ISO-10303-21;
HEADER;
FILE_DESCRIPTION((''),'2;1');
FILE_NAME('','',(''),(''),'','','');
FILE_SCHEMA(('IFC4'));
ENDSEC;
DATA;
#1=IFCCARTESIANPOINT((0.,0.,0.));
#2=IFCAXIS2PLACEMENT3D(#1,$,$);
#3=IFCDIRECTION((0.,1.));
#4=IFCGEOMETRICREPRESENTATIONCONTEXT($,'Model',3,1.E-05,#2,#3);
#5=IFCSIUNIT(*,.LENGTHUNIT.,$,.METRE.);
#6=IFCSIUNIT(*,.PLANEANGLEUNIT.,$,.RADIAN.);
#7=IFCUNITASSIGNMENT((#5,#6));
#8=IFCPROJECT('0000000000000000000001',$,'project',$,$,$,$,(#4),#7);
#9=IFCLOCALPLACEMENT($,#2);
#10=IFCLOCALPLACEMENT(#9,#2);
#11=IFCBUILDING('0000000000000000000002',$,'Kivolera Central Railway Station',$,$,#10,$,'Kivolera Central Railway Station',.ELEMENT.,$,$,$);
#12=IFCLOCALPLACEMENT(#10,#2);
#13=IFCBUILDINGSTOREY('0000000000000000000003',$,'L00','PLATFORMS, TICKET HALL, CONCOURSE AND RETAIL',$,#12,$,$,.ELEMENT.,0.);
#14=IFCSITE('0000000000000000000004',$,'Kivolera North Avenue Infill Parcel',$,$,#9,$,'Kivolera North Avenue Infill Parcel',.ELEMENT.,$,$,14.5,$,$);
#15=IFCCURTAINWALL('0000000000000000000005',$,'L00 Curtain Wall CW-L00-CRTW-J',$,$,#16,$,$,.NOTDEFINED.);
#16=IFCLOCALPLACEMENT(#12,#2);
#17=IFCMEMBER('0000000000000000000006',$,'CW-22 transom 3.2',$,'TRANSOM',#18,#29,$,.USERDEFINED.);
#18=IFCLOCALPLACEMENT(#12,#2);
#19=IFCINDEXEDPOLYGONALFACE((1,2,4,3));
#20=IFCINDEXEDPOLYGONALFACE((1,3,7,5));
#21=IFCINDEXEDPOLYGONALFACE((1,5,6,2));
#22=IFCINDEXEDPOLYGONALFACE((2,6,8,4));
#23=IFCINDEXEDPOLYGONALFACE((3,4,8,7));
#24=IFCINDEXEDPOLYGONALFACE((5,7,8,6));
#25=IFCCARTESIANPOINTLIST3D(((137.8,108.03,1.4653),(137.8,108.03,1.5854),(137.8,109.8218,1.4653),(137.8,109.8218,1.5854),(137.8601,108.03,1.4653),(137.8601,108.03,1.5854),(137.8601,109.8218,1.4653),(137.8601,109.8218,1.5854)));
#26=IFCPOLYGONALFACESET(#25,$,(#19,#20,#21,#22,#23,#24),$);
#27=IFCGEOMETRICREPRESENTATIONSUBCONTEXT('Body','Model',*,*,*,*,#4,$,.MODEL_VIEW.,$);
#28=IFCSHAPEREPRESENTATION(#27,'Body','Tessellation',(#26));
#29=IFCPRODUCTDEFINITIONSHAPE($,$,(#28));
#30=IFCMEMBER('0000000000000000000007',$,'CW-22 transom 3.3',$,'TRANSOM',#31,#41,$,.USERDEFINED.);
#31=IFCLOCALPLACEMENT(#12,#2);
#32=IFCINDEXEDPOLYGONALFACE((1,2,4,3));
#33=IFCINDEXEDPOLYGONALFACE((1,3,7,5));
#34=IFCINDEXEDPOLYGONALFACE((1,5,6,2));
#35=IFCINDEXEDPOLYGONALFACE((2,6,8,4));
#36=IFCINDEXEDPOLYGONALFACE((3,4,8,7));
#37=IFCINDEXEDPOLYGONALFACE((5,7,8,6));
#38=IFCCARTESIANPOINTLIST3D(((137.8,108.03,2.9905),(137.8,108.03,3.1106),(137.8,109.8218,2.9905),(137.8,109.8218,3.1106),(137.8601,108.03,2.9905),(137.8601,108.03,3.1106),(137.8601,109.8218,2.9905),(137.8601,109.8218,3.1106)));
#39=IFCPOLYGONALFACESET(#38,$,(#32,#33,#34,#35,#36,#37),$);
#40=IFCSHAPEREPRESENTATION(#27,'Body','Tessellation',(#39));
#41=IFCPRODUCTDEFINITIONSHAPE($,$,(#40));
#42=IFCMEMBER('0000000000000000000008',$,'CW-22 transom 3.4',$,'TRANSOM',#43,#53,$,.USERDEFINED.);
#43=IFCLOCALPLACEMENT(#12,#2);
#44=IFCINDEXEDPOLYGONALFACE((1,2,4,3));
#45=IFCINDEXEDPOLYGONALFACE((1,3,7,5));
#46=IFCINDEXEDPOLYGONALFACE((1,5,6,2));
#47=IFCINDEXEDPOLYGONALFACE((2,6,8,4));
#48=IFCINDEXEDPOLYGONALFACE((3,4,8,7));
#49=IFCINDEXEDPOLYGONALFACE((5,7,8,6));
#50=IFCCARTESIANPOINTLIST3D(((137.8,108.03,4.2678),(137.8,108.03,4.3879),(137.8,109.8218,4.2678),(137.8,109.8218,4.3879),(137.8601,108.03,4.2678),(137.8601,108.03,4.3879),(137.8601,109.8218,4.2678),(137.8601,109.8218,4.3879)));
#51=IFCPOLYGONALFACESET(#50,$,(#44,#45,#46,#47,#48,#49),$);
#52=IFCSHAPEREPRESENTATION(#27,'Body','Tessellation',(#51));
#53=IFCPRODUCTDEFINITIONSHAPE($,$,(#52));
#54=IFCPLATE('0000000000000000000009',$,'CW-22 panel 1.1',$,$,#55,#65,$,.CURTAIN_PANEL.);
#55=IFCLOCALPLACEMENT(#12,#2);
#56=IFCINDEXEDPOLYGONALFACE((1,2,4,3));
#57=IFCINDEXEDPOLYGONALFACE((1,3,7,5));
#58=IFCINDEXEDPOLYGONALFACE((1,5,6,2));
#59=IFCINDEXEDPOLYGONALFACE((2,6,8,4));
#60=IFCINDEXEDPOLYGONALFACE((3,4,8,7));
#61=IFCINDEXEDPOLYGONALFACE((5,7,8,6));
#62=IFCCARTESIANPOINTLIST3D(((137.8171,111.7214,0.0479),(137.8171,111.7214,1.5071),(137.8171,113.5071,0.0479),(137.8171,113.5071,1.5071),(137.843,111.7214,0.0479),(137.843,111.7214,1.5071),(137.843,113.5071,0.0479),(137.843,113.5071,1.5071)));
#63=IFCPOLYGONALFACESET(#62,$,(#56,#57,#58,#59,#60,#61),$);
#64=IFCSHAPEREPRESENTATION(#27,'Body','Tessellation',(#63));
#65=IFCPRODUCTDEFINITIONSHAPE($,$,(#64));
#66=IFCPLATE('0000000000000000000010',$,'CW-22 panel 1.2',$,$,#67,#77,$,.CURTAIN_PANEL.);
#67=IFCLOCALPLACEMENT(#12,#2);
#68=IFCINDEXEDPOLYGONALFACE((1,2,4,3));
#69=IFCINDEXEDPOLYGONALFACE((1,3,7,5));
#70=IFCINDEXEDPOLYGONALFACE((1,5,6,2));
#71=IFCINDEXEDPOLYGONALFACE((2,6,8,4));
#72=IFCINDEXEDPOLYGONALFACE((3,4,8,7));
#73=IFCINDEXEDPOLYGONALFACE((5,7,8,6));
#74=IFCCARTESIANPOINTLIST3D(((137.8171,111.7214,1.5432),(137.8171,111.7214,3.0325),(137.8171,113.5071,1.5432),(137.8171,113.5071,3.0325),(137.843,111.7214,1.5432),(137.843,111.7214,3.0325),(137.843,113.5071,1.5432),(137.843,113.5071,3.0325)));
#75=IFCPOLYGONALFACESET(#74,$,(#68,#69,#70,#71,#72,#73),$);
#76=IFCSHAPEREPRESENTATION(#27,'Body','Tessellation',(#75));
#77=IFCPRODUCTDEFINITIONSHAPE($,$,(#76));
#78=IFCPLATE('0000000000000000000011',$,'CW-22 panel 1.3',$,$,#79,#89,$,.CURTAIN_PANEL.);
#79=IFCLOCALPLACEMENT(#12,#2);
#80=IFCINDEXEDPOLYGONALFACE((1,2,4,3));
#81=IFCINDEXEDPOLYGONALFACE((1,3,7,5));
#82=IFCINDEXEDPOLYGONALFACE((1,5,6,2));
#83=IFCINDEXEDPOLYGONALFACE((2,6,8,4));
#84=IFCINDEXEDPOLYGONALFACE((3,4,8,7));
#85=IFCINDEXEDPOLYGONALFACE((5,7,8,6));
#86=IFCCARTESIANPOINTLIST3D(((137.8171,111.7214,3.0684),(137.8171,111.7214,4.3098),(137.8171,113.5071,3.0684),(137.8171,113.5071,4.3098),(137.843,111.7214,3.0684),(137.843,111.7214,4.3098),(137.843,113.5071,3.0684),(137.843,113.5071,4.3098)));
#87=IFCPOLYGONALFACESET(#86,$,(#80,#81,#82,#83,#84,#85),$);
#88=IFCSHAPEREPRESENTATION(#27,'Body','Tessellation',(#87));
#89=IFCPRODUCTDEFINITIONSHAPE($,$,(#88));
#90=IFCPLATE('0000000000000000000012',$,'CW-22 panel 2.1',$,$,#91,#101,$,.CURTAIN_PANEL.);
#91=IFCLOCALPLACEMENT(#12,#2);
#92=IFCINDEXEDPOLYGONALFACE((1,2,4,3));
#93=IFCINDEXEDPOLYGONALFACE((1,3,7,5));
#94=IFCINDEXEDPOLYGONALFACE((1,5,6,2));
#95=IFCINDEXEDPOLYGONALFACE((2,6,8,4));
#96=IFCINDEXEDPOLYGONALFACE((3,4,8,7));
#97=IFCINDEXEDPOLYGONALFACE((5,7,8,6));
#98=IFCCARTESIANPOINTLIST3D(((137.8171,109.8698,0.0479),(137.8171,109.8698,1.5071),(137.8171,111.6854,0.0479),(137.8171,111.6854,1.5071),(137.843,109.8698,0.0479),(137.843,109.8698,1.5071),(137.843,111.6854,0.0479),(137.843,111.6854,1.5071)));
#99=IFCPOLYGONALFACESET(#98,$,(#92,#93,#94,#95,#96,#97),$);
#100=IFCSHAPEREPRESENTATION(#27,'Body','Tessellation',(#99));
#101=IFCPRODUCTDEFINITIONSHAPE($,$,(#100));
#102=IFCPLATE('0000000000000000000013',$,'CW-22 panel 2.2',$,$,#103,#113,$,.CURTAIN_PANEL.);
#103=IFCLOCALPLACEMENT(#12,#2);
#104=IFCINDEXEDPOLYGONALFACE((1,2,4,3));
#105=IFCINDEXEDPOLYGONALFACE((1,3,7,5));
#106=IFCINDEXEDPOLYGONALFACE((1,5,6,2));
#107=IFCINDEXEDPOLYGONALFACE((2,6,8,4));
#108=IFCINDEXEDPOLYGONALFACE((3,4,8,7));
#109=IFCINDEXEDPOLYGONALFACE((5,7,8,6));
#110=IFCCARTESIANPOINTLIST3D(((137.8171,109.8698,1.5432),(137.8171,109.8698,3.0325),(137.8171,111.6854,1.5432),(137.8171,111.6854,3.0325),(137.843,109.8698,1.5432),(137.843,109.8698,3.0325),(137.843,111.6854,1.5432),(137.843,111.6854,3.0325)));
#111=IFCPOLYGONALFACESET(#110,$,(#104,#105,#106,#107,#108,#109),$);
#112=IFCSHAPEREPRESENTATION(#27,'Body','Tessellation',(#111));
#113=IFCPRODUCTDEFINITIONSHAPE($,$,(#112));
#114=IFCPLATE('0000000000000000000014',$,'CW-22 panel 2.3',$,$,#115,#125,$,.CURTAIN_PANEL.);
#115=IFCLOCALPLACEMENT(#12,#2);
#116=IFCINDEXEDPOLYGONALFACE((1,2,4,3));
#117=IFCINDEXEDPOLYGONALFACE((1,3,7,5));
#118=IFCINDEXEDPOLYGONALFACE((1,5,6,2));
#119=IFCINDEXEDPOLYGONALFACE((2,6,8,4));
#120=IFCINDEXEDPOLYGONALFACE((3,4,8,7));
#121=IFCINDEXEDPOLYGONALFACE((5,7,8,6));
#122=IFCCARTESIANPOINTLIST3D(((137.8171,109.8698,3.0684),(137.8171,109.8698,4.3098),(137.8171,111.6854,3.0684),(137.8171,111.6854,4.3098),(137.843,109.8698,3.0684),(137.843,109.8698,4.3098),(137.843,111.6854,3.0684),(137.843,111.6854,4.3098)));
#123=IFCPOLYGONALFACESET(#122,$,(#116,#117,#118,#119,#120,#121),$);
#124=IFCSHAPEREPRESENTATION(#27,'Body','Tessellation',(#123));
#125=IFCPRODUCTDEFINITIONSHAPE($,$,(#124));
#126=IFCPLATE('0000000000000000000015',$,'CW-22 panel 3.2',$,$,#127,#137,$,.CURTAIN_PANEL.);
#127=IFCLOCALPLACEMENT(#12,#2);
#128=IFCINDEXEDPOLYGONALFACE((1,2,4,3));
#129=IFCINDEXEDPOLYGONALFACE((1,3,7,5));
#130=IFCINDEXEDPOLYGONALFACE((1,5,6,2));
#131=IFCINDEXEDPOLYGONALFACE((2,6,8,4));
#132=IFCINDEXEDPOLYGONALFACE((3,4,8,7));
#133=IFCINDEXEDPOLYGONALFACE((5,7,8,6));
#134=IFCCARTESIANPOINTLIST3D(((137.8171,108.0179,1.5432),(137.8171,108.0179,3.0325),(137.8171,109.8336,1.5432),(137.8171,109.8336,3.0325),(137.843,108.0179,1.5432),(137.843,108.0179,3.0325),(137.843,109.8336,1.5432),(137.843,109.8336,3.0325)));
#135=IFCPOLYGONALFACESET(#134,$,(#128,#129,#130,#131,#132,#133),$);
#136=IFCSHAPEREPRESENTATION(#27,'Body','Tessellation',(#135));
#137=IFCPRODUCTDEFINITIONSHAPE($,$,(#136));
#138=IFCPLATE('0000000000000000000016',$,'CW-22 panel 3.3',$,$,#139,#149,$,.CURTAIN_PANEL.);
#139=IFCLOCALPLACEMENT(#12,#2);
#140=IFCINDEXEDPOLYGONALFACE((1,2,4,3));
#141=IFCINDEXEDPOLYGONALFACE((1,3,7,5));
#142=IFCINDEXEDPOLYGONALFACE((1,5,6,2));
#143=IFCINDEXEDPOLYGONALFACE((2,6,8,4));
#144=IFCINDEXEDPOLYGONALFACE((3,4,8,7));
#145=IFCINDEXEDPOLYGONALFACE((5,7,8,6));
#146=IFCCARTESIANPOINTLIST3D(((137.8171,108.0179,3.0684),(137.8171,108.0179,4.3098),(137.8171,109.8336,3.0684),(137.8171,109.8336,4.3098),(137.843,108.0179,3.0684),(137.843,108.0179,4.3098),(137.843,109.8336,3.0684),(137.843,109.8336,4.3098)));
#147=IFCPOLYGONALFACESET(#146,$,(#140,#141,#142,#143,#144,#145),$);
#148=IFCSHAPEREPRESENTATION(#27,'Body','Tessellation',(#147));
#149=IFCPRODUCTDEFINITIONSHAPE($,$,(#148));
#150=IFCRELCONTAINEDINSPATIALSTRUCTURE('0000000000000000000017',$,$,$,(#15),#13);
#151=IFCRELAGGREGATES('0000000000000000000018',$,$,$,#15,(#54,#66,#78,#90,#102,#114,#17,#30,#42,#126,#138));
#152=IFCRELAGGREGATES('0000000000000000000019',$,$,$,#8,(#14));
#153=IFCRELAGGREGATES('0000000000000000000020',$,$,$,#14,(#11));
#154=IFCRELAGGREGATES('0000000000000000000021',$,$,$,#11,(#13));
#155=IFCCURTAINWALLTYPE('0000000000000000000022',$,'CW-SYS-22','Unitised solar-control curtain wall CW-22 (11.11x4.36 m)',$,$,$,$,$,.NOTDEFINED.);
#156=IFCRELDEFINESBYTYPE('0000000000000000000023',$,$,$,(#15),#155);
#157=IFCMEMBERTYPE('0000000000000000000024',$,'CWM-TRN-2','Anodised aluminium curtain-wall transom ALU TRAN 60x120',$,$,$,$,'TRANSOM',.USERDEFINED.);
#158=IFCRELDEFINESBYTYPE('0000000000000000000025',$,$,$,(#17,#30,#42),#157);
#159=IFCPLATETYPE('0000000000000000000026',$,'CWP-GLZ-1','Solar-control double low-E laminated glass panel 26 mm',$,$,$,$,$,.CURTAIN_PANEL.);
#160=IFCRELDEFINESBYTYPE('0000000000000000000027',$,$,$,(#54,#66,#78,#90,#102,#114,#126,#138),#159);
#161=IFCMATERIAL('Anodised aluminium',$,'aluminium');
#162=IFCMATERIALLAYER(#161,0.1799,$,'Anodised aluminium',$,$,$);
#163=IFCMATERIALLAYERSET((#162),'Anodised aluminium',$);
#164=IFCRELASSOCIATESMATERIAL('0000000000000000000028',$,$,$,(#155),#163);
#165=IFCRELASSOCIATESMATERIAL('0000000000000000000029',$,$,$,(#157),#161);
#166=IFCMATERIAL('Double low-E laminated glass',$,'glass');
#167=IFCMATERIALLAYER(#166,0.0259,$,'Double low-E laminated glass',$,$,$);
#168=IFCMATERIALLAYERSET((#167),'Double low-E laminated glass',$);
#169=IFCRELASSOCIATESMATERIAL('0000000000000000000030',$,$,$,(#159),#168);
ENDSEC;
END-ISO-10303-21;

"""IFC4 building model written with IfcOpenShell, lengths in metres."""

from ifc_helpers import new_model, si_unit, direction, frame, origin, origin_2d, place, context, subcontext, project, spatial, rectangle, extrude, material, layer, layer_set, material_profile, profile_set, type_object, element, aggregate, save


model = new_model("IFC4")

# Units and contexts
model_context = context("Model", 3, precision=1e-05, world=origin(), true_north=direction((0.0, 1.0)))
body_context = subcontext(model_context, "Body", "Model", "MODEL_VIEW")
ifc_project = project(units=[si_unit("LENGTHUNIT", "METRE"), si_unit("PLANEANGLEUNIT", "RADIAN")], contexts=[model_context])

# Site, building, storey
site_placement = place(None, origin())
site = spatial("IfcSite", under=ifc_project, at=site_placement, Name="Kivolera North Avenue Infill Parcel", LongName="Kivolera North Avenue Infill Parcel", CompositionType="ELEMENT", RefElevation=14.5)
building_placement = place(site_placement, origin())
building = spatial("IfcBuilding", under=site, at=building_placement, Name="Kivolera Central Railway Station", LongName="Kivolera Central Railway Station", CompositionType="ELEMENT")
storey_placement = place(building_placement, origin())
storey = spatial("IfcBuildingStorey", under=building, at=storey_placement, Name="L00", Description="PLATFORMS, TICKET HALL, CONCOURSE AND RETAIL", CompositionType="ELEMENT", Elevation=0.0)

# Curtain wall, members, plates
ifc_material_1 = material(Name="Anodised aluminium", Category="aluminium")
ifc_layer_1 = layer(ifc_material_1, 0.1799, Name="Anodised aluminium")
ifc_layer_set_1 = layer_set([ifc_layer_1], Name="Anodised aluminium")
curtain_wall_type = type_object("IfcCurtainWallType", Name="CW-SYS-22", Description="Unitised solar-control curtain wall CW-22 (11.11x4.36 m)", PredefinedType="NOTDEFINED", material=ifc_layer_set_1)
curtain_wall_placement = place(storey_placement, origin())
curtain_wall = element("IfcCurtainWall", 1, at=curtain_wall_placement, inside=storey, type_object=curtain_wall_type, Name="L00 Curtain Wall CW-L00-CRTW-J", PredefinedType="NOTDEFINED")
ifc_material_profile_1 = material_profile(ifc_material_1, rectangle(XDim=0.0601, YDim=0.1201, at=origin_2d()), Name="ALU TRAN 60x120")
ifc_profile_set_1 = profile_set([ifc_material_profile_1], Name="Anodised aluminium")
member_type_1 = type_object("IfcMemberType", Name="CWM-TRN-2", Description="Anodised aluminium curtain-wall transom ALU TRAN 60x120", ElementType="TRANSOM", PredefinedType="USERDEFINED", material=ifc_profile_set_1)
member_1_placement = place(storey_placement, frame((137.8301, 109.8218, 1.5254), z_axis=(0.0, -1.0, 0.0), x_axis=(1.0, 0.0, 0.0)))
member_1 = element("IfcMember", 2, at=member_1_placement, type_object=member_type_1, Name="CW-22 transom 3.2", ObjectType="TRANSOM", PredefinedType="USERDEFINED", context=body_context, shape_type="SweptSolid", body=[
    extrude(rectangle(XDim=0.0601, YDim=0.1201, at=origin_2d()), origin(), (0.0, 0.0, 1.0), 1.7917),
])
member_2_placement = place(storey_placement, frame((137.8301, 109.8218, 3.0505), z_axis=(0.0, -1.0, 0.0), x_axis=(1.0, 0.0, 0.0)))
member_2 = element("IfcMember", 3, at=member_2_placement, type_object=member_type_1, Name="CW-22 transom 3.3", ObjectType="TRANSOM", PredefinedType="USERDEFINED", context=body_context, shape_type="SweptSolid", body=[
    extrude(rectangle(XDim=0.0601, YDim=0.1201, at=origin_2d()), origin(), (0.0, 0.0, 1.0), 1.7917),
])
member_3_placement = place(storey_placement, frame((137.8301, 109.8218, 4.3279), z_axis=(0.0, -1.0, 0.0), x_axis=(1.0, 0.0, 0.0)))
member_3 = element("IfcMember", 4, at=member_3_placement, type_object=member_type_1, Name="CW-22 transom 3.4", ObjectType="TRANSOM", PredefinedType="USERDEFINED", context=body_context, shape_type="SweptSolid", body=[
    extrude(rectangle(XDim=0.0601, YDim=0.1201, at=origin_2d()), origin(), (0.0, 0.0, 1.0), 1.7917),
])
ifc_material_2 = material(Name="Double low-E laminated glass", Category="glass")
ifc_layer_2 = layer(ifc_material_2, 0.0259, Name="Double low-E laminated glass")
ifc_layer_set_2 = layer_set([ifc_layer_2], Name="Double low-E laminated glass")
plate_type = type_object("IfcPlateType", Name="CWP-GLZ-1", Description="Solar-control double low-E laminated glass panel 26 mm", PredefinedType="CURTAIN_PANEL", material=ifc_layer_set_2)
plate_1_placement = place(storey_placement, frame((137.8301, 112.6143, 0.0479), z_axis=(0.0, 0.0, 1.0), x_axis=(0.0, -1.0, 0.0)))
plate_1 = element("IfcPlate", 5, at=plate_1_placement, type_object=plate_type, Name="CW-22 panel 1.1", PredefinedType="CURTAIN_PANEL", context=body_context, shape_type="SweptSolid", body=[
    extrude(rectangle(XDim=1.7856, YDim=0.0259, at=origin_2d()), origin(), (0.0, 0.0, 1.0), 1.4592),
])
plate_2_placement = place(storey_placement, frame((137.8301, 112.6143, 1.5432), z_axis=(0.0, 0.0, 1.0), x_axis=(0.0, -1.0, 0.0)))
plate_2 = element("IfcPlate", 6, at=plate_2_placement, type_object=plate_type, Name="CW-22 panel 1.2", PredefinedType="CURTAIN_PANEL", context=body_context, shape_type="SweptSolid", body=[
    extrude(rectangle(XDim=1.7856, YDim=0.0259, at=origin_2d()), origin(), (0.0, 0.0, 1.0), 1.4893),
])
plate_3_placement = place(storey_placement, frame((137.8301, 112.6143, 3.0684), z_axis=(0.0, 0.0, 1.0), x_axis=(0.0, -1.0, 0.0)))
plate_3 = element("IfcPlate", 7, at=plate_3_placement, type_object=plate_type, Name="CW-22 panel 1.3", PredefinedType="CURTAIN_PANEL", context=body_context, shape_type="SweptSolid", body=[
    extrude(rectangle(XDim=1.7856, YDim=0.0259, at=origin_2d()), origin(), (0.0, 0.0, 1.0), 1.2415),
])
plate_4_placement = place(storey_placement, frame((137.8301, 110.7776, 0.0479), z_axis=(0.0, 0.0, 1.0), x_axis=(0.0, -1.0, 0.0)))
plate_4 = element("IfcPlate", 8, at=plate_4_placement, type_object=plate_type, Name="CW-22 panel 2.1", PredefinedType="CURTAIN_PANEL", context=body_context, shape_type="SweptSolid", body=[
    extrude(rectangle(XDim=1.8157, YDim=0.0259, at=origin_2d()), origin(), (0.0, 0.0, 1.0), 1.4592),
])
plate_5_placement = place(storey_placement, frame((137.8301, 110.7776, 1.5432), z_axis=(0.0, 0.0, 1.0), x_axis=(0.0, -1.0, 0.0)))
plate_5 = element("IfcPlate", 9, at=plate_5_placement, type_object=plate_type, Name="CW-22 panel 2.2", PredefinedType="CURTAIN_PANEL", context=body_context, shape_type="SweptSolid", body=[
    extrude(rectangle(XDim=1.8157, YDim=0.0259, at=origin_2d()), origin(), (0.0, 0.0, 1.0), 1.4893),
])
plate_6_placement = place(storey_placement, frame((137.8301, 110.7776, 3.0684), z_axis=(0.0, 0.0, 1.0), x_axis=(0.0, -1.0, 0.0)))
plate_6 = element("IfcPlate", 10, at=plate_6_placement, type_object=plate_type, Name="CW-22 panel 2.3", PredefinedType="CURTAIN_PANEL", context=body_context, shape_type="SweptSolid", body=[
    extrude(rectangle(XDim=1.8157, YDim=0.0259, at=origin_2d()), origin(), (0.0, 0.0, 1.0), 1.2415),
])
plate_7_placement = place(storey_placement, frame((137.8301, 108.9258, 1.5432), z_axis=(0.0, 0.0, 1.0), x_axis=(0.0, -1.0, 0.0)))
plate_7 = element("IfcPlate", 11, at=plate_7_placement, type_object=plate_type, Name="CW-22 panel 3.2", PredefinedType="CURTAIN_PANEL", context=body_context, shape_type="SweptSolid", body=[
    extrude(rectangle(XDim=1.8157, YDim=0.0259, at=origin_2d()), origin(), (0.0, 0.0, 1.0), 1.4893),
])
plate_8_placement = place(storey_placement, frame((137.8301, 108.9258, 3.0684), z_axis=(0.0, 0.0, 1.0), x_axis=(0.0, -1.0, 0.0)))
plate_8 = element("IfcPlate", 12, at=plate_8_placement, type_object=plate_type, Name="CW-22 panel 3.3", PredefinedType="CURTAIN_PANEL", context=body_context, shape_type="SweptSolid", body=[
    extrude(rectangle(XDim=1.8157, YDim=0.0259, at=origin_2d()), origin(), (0.0, 0.0, 1.0), 1.2415),
])
aggregate(curtain_wall, [plate_1, plate_2, plate_3, plate_4, plate_5, plate_6, member_1, member_2, member_3, plate_7, plate_8])

save(model, "model.ifc")
